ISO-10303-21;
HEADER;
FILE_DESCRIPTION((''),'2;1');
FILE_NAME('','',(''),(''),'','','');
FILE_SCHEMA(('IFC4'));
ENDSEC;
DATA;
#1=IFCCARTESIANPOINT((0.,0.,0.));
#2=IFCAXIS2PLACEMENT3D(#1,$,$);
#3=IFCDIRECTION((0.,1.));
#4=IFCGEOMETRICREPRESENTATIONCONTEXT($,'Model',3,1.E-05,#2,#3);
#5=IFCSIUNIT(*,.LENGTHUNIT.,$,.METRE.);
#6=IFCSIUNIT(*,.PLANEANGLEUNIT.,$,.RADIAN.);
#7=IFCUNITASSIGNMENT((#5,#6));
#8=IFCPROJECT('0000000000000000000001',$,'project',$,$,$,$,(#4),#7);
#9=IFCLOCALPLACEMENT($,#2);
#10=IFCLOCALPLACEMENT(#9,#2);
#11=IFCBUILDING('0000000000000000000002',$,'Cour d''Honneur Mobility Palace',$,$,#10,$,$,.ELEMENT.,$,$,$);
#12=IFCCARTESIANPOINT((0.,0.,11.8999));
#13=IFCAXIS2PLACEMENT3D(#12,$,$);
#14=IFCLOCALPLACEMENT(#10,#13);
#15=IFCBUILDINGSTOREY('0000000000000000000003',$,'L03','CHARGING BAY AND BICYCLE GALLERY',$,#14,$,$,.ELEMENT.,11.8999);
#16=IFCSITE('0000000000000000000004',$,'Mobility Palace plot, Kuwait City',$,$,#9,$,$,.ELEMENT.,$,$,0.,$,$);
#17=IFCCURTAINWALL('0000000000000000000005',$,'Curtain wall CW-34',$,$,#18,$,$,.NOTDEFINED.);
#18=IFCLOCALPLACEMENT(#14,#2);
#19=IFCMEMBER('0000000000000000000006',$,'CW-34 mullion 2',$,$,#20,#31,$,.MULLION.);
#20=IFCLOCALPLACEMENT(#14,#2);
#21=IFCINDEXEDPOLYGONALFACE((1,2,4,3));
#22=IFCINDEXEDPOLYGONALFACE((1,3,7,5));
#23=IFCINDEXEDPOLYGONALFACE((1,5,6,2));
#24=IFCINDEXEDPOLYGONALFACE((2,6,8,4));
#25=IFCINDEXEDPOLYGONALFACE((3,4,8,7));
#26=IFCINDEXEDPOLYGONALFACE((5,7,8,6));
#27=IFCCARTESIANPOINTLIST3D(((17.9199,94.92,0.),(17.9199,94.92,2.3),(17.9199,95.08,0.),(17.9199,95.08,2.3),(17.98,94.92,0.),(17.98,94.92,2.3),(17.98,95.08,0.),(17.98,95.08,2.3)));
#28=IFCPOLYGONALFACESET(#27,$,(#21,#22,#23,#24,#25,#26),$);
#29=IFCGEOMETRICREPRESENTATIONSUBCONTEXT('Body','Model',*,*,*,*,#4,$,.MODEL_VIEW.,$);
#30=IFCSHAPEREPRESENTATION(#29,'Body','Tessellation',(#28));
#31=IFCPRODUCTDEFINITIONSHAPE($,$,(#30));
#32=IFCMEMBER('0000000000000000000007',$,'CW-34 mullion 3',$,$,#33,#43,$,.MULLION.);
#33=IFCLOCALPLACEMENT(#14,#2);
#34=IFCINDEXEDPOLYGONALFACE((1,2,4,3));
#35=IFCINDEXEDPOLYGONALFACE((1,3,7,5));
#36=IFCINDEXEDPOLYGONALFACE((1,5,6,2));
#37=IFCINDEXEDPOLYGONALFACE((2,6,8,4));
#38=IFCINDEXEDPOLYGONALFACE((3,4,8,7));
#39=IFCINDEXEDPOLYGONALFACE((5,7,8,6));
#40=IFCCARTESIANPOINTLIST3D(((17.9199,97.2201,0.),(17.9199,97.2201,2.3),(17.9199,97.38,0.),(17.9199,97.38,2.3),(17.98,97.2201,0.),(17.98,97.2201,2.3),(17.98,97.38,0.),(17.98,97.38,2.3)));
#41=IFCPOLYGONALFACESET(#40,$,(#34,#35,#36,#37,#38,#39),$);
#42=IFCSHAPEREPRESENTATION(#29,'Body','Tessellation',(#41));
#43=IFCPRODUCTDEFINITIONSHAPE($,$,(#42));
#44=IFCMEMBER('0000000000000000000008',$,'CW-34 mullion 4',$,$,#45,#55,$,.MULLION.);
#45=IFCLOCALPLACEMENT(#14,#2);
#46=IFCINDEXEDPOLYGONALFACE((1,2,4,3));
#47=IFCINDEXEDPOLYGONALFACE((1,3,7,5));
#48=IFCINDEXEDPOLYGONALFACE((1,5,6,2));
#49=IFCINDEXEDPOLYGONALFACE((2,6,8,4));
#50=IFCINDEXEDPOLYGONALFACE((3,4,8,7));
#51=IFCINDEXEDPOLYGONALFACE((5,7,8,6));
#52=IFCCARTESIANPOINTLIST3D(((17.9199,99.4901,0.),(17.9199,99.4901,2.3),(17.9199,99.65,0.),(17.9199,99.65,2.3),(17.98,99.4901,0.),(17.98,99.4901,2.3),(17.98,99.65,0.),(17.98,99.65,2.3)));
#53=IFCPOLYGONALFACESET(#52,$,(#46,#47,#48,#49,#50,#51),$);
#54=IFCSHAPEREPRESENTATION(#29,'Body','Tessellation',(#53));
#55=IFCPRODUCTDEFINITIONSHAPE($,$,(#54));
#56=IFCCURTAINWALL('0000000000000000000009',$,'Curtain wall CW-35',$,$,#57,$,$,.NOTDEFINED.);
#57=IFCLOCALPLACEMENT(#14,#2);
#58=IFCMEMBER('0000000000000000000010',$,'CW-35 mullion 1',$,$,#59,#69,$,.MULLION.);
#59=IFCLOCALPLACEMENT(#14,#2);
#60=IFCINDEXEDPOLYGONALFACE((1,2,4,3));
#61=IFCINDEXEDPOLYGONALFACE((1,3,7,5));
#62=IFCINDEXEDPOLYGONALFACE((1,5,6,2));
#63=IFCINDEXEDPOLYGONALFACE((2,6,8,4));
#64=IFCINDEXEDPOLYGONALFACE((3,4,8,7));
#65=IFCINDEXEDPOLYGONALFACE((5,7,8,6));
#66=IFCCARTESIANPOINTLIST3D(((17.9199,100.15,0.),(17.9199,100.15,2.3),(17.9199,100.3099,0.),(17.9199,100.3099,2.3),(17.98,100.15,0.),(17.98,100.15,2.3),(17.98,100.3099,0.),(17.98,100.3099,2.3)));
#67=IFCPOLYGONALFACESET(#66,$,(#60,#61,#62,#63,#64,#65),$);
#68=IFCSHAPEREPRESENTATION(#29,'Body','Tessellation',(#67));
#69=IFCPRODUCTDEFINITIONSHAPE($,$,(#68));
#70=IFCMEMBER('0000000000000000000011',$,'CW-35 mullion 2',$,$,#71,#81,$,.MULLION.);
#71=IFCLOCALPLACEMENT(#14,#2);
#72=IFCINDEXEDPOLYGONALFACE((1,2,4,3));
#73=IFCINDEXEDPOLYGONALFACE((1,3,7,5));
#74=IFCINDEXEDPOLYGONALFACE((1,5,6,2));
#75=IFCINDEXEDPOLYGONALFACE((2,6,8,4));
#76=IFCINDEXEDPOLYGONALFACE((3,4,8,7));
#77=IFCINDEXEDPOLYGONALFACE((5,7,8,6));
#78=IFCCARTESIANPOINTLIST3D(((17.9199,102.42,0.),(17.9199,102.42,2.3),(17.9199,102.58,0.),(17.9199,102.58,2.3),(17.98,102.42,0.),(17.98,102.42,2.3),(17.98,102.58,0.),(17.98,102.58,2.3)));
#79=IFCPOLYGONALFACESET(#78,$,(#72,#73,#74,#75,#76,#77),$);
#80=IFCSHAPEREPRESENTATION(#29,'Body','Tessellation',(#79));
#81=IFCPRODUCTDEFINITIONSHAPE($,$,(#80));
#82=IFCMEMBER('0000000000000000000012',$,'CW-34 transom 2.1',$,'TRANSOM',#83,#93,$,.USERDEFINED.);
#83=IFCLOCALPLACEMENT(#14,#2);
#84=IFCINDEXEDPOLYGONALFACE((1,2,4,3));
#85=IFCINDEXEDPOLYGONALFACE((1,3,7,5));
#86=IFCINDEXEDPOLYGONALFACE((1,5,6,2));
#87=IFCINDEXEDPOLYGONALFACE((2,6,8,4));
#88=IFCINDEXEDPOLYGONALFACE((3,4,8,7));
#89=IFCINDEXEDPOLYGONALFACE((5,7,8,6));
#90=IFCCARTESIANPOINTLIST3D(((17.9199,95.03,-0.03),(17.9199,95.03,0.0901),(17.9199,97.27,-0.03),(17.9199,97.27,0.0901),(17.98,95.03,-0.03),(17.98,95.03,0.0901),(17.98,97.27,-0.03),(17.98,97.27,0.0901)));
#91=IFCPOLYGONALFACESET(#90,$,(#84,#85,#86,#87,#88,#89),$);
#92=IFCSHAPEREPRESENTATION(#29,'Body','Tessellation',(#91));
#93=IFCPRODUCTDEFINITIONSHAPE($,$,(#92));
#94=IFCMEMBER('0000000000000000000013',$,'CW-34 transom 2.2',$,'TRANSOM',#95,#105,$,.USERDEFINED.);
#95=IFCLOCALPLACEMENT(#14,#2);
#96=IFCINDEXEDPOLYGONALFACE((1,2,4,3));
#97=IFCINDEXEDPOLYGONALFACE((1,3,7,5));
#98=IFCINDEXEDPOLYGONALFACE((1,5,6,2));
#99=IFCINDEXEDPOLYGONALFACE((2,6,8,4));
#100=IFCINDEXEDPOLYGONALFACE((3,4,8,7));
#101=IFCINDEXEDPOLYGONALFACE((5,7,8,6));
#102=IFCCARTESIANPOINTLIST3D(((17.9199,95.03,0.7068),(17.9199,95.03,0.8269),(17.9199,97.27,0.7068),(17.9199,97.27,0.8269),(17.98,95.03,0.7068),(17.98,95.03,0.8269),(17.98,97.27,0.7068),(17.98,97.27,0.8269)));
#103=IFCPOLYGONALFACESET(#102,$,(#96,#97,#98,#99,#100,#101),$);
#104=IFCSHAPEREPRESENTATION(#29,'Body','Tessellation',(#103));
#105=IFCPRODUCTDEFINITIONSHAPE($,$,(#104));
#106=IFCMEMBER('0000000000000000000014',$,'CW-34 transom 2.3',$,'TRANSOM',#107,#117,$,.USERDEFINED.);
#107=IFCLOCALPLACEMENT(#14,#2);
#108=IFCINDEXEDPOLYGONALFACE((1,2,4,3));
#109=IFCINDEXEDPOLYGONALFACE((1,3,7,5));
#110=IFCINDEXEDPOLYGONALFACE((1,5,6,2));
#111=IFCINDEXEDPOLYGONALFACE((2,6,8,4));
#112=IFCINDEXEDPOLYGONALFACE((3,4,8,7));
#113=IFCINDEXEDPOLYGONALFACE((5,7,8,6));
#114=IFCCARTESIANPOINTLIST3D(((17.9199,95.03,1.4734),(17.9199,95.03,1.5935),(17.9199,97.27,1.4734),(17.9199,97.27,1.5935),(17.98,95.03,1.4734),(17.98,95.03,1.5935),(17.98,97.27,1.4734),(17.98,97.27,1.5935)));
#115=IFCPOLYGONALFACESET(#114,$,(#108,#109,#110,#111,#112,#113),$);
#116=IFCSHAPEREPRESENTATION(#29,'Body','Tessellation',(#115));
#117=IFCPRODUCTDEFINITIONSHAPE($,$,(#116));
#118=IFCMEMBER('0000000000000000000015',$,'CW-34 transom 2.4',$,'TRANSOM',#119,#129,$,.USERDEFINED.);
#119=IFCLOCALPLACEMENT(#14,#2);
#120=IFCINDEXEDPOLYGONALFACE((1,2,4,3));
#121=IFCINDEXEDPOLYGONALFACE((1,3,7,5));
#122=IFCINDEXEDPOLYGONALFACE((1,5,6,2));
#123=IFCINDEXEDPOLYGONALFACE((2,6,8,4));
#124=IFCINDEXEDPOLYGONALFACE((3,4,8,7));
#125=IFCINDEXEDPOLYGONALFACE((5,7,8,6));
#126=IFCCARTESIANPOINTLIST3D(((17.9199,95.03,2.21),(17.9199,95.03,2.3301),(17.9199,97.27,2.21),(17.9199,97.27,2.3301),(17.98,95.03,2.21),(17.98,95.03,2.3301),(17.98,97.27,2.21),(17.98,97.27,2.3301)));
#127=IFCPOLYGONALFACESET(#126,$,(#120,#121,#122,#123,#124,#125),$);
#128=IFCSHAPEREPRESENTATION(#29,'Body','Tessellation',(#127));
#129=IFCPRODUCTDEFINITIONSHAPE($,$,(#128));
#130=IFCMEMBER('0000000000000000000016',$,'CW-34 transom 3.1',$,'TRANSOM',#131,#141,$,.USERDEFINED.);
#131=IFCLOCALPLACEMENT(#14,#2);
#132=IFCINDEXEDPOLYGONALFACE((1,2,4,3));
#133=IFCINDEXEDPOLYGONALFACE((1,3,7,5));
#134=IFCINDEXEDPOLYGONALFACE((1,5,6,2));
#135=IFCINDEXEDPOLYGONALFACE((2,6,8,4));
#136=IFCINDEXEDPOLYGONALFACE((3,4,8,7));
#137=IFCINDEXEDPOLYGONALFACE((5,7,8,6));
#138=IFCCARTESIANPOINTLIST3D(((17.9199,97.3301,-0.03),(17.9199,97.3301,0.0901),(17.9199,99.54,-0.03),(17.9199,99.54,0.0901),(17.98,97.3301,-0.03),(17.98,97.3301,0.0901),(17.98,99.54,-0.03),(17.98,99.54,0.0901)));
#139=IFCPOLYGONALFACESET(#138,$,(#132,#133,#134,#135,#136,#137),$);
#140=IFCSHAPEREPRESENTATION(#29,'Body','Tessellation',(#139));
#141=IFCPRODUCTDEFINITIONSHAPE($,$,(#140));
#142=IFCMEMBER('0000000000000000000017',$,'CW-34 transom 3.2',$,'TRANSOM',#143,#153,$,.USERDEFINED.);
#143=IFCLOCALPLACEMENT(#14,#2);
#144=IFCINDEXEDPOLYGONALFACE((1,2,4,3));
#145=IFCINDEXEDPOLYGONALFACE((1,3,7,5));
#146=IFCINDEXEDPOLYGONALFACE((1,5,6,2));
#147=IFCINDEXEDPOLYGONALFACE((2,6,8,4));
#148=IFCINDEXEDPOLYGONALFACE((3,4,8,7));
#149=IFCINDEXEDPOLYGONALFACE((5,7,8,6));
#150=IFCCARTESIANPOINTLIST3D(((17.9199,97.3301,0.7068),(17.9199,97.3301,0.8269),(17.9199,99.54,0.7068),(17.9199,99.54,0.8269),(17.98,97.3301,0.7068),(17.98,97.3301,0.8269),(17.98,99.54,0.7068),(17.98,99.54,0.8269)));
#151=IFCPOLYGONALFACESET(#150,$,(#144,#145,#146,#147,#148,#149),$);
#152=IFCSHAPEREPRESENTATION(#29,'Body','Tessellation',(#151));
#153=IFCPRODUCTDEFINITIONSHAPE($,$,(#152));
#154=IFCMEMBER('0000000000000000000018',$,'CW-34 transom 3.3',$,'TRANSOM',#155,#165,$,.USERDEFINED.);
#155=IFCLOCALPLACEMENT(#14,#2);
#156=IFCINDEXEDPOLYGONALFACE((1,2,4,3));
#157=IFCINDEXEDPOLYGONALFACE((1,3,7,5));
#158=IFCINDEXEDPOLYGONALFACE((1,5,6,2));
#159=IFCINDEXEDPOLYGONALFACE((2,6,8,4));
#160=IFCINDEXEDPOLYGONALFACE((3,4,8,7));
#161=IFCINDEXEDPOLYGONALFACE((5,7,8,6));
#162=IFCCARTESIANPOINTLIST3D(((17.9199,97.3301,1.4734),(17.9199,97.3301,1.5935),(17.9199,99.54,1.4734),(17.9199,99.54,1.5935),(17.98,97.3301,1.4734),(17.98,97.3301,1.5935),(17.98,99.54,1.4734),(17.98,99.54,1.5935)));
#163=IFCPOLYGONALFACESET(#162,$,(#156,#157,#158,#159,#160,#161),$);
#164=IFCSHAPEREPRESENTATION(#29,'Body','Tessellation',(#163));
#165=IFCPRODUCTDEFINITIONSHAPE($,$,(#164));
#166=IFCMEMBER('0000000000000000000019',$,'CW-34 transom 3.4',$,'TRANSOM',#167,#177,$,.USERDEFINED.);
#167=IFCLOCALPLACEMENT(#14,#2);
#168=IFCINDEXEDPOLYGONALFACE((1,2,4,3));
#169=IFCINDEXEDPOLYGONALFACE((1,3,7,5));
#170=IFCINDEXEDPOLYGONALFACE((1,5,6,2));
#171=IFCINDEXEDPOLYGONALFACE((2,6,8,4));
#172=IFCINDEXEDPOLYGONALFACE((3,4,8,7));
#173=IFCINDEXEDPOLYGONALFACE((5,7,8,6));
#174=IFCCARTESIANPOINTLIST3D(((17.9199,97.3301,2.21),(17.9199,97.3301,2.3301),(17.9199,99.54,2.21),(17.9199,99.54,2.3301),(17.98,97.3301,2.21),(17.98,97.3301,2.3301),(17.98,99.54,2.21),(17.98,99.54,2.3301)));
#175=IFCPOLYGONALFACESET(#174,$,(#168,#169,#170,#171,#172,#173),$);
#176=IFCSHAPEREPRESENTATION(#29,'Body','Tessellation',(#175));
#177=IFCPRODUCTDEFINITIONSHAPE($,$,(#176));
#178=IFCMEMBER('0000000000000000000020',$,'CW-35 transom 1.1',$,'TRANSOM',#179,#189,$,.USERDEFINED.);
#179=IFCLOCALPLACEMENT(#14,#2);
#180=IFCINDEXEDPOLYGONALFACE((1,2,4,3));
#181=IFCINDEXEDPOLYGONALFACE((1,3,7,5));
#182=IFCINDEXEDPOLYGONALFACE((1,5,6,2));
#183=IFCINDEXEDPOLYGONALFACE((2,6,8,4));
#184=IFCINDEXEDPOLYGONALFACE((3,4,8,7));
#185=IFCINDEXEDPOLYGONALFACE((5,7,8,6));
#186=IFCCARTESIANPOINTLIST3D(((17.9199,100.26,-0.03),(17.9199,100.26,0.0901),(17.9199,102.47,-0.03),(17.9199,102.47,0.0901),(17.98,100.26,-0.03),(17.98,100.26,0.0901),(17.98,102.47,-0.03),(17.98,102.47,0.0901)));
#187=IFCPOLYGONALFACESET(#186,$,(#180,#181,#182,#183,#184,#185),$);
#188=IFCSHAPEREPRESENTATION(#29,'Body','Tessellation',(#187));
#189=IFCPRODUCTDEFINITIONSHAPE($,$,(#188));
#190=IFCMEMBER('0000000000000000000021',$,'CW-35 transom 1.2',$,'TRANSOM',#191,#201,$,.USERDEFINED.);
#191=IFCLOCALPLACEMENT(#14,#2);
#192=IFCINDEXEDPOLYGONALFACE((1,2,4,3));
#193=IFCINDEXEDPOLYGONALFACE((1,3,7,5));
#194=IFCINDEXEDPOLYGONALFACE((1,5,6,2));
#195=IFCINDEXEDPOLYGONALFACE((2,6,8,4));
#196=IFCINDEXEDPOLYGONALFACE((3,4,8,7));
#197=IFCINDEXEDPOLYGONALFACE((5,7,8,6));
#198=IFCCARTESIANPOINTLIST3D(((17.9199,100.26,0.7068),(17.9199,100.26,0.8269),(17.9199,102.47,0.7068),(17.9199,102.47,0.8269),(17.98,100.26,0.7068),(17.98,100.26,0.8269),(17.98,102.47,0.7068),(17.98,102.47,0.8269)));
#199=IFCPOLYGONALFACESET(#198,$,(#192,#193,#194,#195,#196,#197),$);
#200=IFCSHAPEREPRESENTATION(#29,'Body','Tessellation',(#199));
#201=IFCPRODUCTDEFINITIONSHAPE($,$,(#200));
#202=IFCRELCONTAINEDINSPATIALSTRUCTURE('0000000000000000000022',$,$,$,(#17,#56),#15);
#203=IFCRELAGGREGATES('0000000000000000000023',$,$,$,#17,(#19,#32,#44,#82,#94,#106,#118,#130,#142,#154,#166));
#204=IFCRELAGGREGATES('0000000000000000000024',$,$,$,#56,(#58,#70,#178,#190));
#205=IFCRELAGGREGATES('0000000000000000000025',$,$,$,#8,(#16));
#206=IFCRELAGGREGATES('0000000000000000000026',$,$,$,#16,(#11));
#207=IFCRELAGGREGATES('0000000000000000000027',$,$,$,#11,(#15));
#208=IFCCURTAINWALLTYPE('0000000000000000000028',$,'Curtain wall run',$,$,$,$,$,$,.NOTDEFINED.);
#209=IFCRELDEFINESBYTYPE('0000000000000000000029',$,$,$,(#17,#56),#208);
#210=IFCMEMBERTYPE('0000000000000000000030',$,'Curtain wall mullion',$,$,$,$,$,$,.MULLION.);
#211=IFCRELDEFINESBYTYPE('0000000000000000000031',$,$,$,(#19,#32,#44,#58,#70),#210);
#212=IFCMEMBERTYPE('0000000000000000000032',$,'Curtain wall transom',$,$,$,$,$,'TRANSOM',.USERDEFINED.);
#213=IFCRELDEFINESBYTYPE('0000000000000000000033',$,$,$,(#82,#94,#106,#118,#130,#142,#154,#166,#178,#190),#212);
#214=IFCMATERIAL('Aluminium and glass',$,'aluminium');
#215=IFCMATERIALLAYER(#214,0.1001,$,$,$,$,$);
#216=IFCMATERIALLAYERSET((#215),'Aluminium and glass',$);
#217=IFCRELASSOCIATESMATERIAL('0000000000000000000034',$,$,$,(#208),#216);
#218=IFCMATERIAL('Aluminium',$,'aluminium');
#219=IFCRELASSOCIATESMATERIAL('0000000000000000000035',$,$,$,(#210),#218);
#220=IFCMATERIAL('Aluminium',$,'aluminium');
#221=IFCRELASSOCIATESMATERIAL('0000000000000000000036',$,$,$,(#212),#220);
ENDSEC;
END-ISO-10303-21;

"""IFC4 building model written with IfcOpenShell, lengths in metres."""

from ifc_helpers import new_model, si_unit, direction, frame, origin, origin_2d, place, context, subcontext, project, spatial, rectangle, extrude, material, layer, layer_set, material_profile, profile_set, type_object, element, aggregate, save


model = new_model("IFC4")

# Units and contexts
model_context = context("Model", 3, precision=1e-05, world=origin(), true_north=direction((0.0, 1.0)))
body_context = subcontext(model_context, "Body", "Model", "MODEL_VIEW")
ifc_project = project(units=[si_unit("LENGTHUNIT", "METRE"), si_unit("PLANEANGLEUNIT", "RADIAN")], contexts=[model_context])

# Site, building, storey
site_placement = place(None, origin())
site = spatial("IfcSite", under=ifc_project, at=site_placement, Name="Mobility Palace plot, Kuwait City", CompositionType="ELEMENT", RefElevation=0.0)
building_placement = place(site_placement, origin())
building = spatial("IfcBuilding", under=site, at=building_placement, Name="Cour d'Honneur Mobility Palace", CompositionType="ELEMENT")
storey_placement = place(building_placement, frame((0.0, 0.0, 11.8999)))
storey = spatial("IfcBuildingStorey", under=building, at=storey_placement, Name="L03", Description="CHARGING BAY AND BICYCLE GALLERY", CompositionType="ELEMENT", Elevation=11.8999)

# Curtain walls, members
ifc_material_1 = material(Name="Aluminium and glass", Category="aluminium")
ifc_layer_1 = layer(ifc_material_1, 0.1001)
ifc_layer_set_1 = layer_set([ifc_layer_1], Name="Aluminium and glass")
curtain_wall_type = type_object("IfcCurtainWallType", Name="Curtain wall run", PredefinedType="NOTDEFINED", material=ifc_layer_set_1)
curtain_wall_1_placement = place(storey_placement, origin())
curtain_wall_1 = element("IfcCurtainWall", 1, at=curtain_wall_1_placement, inside=storey, type_object=curtain_wall_type, Name="Curtain wall CW-34", PredefinedType="NOTDEFINED")
ifc_material_2 = material(Name="Aluminium", Category="aluminium")
ifc_material_profile_1 = material_profile(ifc_material_2, rectangle(XDim=0.0601, YDim=0.1599, at=origin_2d()), Name="Curtain wall mullion")
ifc_profile_set_1 = profile_set([ifc_material_profile_1], Name="Aluminium")
member_type_1 = type_object("IfcMemberType", Name="Curtain wall mullion", PredefinedType="MULLION", material=ifc_profile_set_1)
member_1_placement = place(storey_placement, frame((17.95, 95.0, 0.0), z_axis=(0.0, 0.0, 1.0), x_axis=(-1.0, 0.0, 0.0)))
member_1 = element("IfcMember", 2, at=member_1_placement, type_object=member_type_1, Name="CW-34 mullion 2", PredefinedType="MULLION", context=body_context, shape_type="SweptSolid", body=[
    extrude(rectangle(XDim=0.0601, YDim=0.1599, at=origin_2d()), origin(), (0.0, 0.0, 1.0), 2.3),
])
member_2_placement = place(storey_placement, frame((17.95, 97.3, 0.0), z_axis=(0.0, 0.0, 1.0), x_axis=(-1.0, 0.0, 0.0)))
member_2 = element("IfcMember", 3, at=member_2_placement, type_object=member_type_1, Name="CW-34 mullion 3", PredefinedType="MULLION", context=body_context, shape_type="SweptSolid", body=[
    extrude(rectangle(XDim=0.0601, YDim=0.1599, at=origin_2d()), origin(), (0.0, 0.0, 1.0), 2.3),
])
member_3_placement = place(storey_placement, frame((17.95, 99.5701, 0.0), z_axis=(0.0, 0.0, 1.0), x_axis=(-1.0, 0.0, 0.0)))
member_3 = element("IfcMember", 4, at=member_3_placement, type_object=member_type_1, Name="CW-34 mullion 4", PredefinedType="MULLION", context=body_context, shape_type="SweptSolid", body=[
    extrude(rectangle(XDim=0.0601, YDim=0.1599, at=origin_2d()), origin(), (0.0, 0.0, 1.0), 2.3),
])
curtain_wall_2_placement = place(storey_placement, origin())
curtain_wall_2 = element("IfcCurtainWall", 5, at=curtain_wall_2_placement, inside=storey, type_object=curtain_wall_type, Name="Curtain wall CW-35", PredefinedType="NOTDEFINED")
member_4_placement = place(storey_placement, frame((17.95, 100.23, 0.0), z_axis=(0.0, 0.0, 1.0), x_axis=(-1.0, 0.0, 0.0)))
member_4 = element("IfcMember", 6, at=member_4_placement, type_object=member_type_1, Name="CW-35 mullion 1", PredefinedType="MULLION", context=body_context, shape_type="SweptSolid", body=[
    extrude(rectangle(XDim=0.0601, YDim=0.1599, at=origin_2d()), origin(), (0.0, 0.0, 1.0), 2.3),
])
member_5_placement = place(storey_placement, frame((17.95, 102.5, 0.0), z_axis=(0.0, 0.0, 1.0), x_axis=(-1.0, 0.0, 0.0)))
member_5 = element("IfcMember", 7, at=member_5_placement, type_object=member_type_1, Name="CW-35 mullion 2", PredefinedType="MULLION", context=body_context, shape_type="SweptSolid", body=[
    extrude(rectangle(XDim=0.0601, YDim=0.1599, at=origin_2d()), origin(), (0.0, 0.0, 1.0), 2.3),
])

# Members
ifc_material_3 = material(Name="Aluminium", Category="aluminium")
ifc_material_profile_2 = material_profile(ifc_material_3, rectangle(XDim=0.0601, YDim=0.1201, at=origin_2d()), Name="Curtain wall transom")
ifc_profile_set_2 = profile_set([ifc_material_profile_2], Name="Aluminium")
member_type_2 = type_object("IfcMemberType", Name="Curtain wall transom", ElementType="TRANSOM", PredefinedType="USERDEFINED", material=ifc_profile_set_2)
member_6_placement = place(storey_placement, frame((17.95, 95.03, 0.03), z_axis=(0.0, 1.0, 0.0), x_axis=(-1.0, 0.0, 0.0)))
member_6 = element("IfcMember", 8, at=member_6_placement, type_object=member_type_2, Name="CW-34 transom 2.1", ObjectType="TRANSOM", PredefinedType="USERDEFINED", context=body_context, shape_type="SweptSolid", body=[
    extrude(rectangle(XDim=0.0601, YDim=0.1201, at=origin_2d()), origin(), (0.0, 0.0, 1.0), 2.24),
])
member_7_placement = place(storey_placement, frame((17.95, 95.03, 0.7668), z_axis=(0.0, 1.0, 0.0), x_axis=(-1.0, 0.0, 0.0)))
member_7 = element("IfcMember", 9, at=member_7_placement, type_object=member_type_2, Name="CW-34 transom 2.2", ObjectType="TRANSOM", PredefinedType="USERDEFINED", context=body_context, shape_type="SweptSolid", body=[
    extrude(rectangle(XDim=0.0601, YDim=0.1201, at=origin_2d()), origin(), (0.0, 0.0, 1.0), 2.24),
])
member_8_placement = place(storey_placement, frame((17.95, 95.03, 1.5334), z_axis=(0.0, 1.0, 0.0), x_axis=(-1.0, 0.0, 0.0)))
member_8 = element("IfcMember", 10, at=member_8_placement, type_object=member_type_2, Name="CW-34 transom 2.3", ObjectType="TRANSOM", PredefinedType="USERDEFINED", context=body_context, shape_type="SweptSolid", body=[
    extrude(rectangle(XDim=0.0601, YDim=0.1201, at=origin_2d()), origin(), (0.0, 0.0, 1.0), 2.24),
])
member_9_placement = place(storey_placement, frame((17.95, 95.03, 2.27), z_axis=(0.0, 1.0, 0.0), x_axis=(-1.0, 0.0, 0.0)))
member_9 = element("IfcMember", 11, at=member_9_placement, type_object=member_type_2, Name="CW-34 transom 2.4", ObjectType="TRANSOM", PredefinedType="USERDEFINED", context=body_context, shape_type="SweptSolid", body=[
    extrude(rectangle(XDim=0.0601, YDim=0.1201, at=origin_2d()), origin(), (0.0, 0.0, 1.0), 2.24),
])
member_10_placement = place(storey_placement, frame((17.95, 97.3301, 0.03), z_axis=(0.0, 1.0, 0.0), x_axis=(-1.0, 0.0, 0.0)))
member_10 = element("IfcMember", 12, at=member_10_placement, type_object=member_type_2, Name="CW-34 transom 3.1", ObjectType="TRANSOM", PredefinedType="USERDEFINED", context=body_context, shape_type="SweptSolid", body=[
    extrude(rectangle(XDim=0.0601, YDim=0.1201, at=origin_2d()), origin(), (0.0, 0.0, 1.0), 2.21),
])
member_11_placement = place(storey_placement, frame((17.95, 97.3301, 0.7668), z_axis=(0.0, 1.0, 0.0), x_axis=(-1.0, 0.0, 0.0)))
member_11 = element("IfcMember", 13, at=member_11_placement, type_object=member_type_2, Name="CW-34 transom 3.2", ObjectType="TRANSOM", PredefinedType="USERDEFINED", context=body_context, shape_type="SweptSolid", body=[
    extrude(rectangle(XDim=0.0601, YDim=0.1201, at=origin_2d()), origin(), (0.0, 0.0, 1.0), 2.21),
])
member_12_placement = place(storey_placement, frame((17.95, 97.3301, 1.5334), z_axis=(0.0, 1.0, 0.0), x_axis=(-1.0, 0.0, 0.0)))
member_12 = element("IfcMember", 14, at=member_12_placement, type_object=member_type_2, Name="CW-34 transom 3.3", ObjectType="TRANSOM", PredefinedType="USERDEFINED", context=body_context, shape_type="SweptSolid", body=[
    extrude(rectangle(XDim=0.0601, YDim=0.1201, at=origin_2d()), origin(), (0.0, 0.0, 1.0), 2.21),
])
member_13_placement = place(storey_placement, frame((17.95, 97.3301, 2.27), z_axis=(0.0, 1.0, 0.0), x_axis=(-1.0, 0.0, 0.0)))
member_13 = element("IfcMember", 15, at=member_13_placement, type_object=member_type_2, Name="CW-34 transom 3.4", ObjectType="TRANSOM", PredefinedType="USERDEFINED", context=body_context, shape_type="SweptSolid", body=[
    extrude(rectangle(XDim=0.0601, YDim=0.1201, at=origin_2d()), origin(), (0.0, 0.0, 1.0), 2.21),
])
member_14_placement = place(storey_placement, frame((17.95, 100.26, 0.03), z_axis=(0.0, 1.0, 0.0), x_axis=(-1.0, 0.0, 0.0)))
member_14 = element("IfcMember", 16, at=member_14_placement, type_object=member_type_2, Name="CW-35 transom 1.1", ObjectType="TRANSOM", PredefinedType="USERDEFINED", context=body_context, shape_type="SweptSolid", body=[
    extrude(rectangle(XDim=0.0601, YDim=0.1201, at=origin_2d()), origin(), (0.0, 0.0, 1.0), 2.21),
])
member_15_placement = place(storey_placement, frame((17.95, 100.26, 0.7668), z_axis=(0.0, 1.0, 0.0), x_axis=(-1.0, 0.0, 0.0)))
member_15 = element("IfcMember", 17, at=member_15_placement, type_object=member_type_2, Name="CW-35 transom 1.2", ObjectType="TRANSOM", PredefinedType="USERDEFINED", context=body_context, shape_type="SweptSolid", body=[
    extrude(rectangle(XDim=0.0601, YDim=0.1201, at=origin_2d()), origin(), (0.0, 0.0, 1.0), 2.21),
])

aggregate(curtain_wall_1, [member_1, member_2, member_3, member_6, member_7, member_8, member_9, member_10, member_11, member_12, member_13])
aggregate(curtain_wall_2, [member_4, member_5, member_14, member_15])

save(model, "model.ifc")
